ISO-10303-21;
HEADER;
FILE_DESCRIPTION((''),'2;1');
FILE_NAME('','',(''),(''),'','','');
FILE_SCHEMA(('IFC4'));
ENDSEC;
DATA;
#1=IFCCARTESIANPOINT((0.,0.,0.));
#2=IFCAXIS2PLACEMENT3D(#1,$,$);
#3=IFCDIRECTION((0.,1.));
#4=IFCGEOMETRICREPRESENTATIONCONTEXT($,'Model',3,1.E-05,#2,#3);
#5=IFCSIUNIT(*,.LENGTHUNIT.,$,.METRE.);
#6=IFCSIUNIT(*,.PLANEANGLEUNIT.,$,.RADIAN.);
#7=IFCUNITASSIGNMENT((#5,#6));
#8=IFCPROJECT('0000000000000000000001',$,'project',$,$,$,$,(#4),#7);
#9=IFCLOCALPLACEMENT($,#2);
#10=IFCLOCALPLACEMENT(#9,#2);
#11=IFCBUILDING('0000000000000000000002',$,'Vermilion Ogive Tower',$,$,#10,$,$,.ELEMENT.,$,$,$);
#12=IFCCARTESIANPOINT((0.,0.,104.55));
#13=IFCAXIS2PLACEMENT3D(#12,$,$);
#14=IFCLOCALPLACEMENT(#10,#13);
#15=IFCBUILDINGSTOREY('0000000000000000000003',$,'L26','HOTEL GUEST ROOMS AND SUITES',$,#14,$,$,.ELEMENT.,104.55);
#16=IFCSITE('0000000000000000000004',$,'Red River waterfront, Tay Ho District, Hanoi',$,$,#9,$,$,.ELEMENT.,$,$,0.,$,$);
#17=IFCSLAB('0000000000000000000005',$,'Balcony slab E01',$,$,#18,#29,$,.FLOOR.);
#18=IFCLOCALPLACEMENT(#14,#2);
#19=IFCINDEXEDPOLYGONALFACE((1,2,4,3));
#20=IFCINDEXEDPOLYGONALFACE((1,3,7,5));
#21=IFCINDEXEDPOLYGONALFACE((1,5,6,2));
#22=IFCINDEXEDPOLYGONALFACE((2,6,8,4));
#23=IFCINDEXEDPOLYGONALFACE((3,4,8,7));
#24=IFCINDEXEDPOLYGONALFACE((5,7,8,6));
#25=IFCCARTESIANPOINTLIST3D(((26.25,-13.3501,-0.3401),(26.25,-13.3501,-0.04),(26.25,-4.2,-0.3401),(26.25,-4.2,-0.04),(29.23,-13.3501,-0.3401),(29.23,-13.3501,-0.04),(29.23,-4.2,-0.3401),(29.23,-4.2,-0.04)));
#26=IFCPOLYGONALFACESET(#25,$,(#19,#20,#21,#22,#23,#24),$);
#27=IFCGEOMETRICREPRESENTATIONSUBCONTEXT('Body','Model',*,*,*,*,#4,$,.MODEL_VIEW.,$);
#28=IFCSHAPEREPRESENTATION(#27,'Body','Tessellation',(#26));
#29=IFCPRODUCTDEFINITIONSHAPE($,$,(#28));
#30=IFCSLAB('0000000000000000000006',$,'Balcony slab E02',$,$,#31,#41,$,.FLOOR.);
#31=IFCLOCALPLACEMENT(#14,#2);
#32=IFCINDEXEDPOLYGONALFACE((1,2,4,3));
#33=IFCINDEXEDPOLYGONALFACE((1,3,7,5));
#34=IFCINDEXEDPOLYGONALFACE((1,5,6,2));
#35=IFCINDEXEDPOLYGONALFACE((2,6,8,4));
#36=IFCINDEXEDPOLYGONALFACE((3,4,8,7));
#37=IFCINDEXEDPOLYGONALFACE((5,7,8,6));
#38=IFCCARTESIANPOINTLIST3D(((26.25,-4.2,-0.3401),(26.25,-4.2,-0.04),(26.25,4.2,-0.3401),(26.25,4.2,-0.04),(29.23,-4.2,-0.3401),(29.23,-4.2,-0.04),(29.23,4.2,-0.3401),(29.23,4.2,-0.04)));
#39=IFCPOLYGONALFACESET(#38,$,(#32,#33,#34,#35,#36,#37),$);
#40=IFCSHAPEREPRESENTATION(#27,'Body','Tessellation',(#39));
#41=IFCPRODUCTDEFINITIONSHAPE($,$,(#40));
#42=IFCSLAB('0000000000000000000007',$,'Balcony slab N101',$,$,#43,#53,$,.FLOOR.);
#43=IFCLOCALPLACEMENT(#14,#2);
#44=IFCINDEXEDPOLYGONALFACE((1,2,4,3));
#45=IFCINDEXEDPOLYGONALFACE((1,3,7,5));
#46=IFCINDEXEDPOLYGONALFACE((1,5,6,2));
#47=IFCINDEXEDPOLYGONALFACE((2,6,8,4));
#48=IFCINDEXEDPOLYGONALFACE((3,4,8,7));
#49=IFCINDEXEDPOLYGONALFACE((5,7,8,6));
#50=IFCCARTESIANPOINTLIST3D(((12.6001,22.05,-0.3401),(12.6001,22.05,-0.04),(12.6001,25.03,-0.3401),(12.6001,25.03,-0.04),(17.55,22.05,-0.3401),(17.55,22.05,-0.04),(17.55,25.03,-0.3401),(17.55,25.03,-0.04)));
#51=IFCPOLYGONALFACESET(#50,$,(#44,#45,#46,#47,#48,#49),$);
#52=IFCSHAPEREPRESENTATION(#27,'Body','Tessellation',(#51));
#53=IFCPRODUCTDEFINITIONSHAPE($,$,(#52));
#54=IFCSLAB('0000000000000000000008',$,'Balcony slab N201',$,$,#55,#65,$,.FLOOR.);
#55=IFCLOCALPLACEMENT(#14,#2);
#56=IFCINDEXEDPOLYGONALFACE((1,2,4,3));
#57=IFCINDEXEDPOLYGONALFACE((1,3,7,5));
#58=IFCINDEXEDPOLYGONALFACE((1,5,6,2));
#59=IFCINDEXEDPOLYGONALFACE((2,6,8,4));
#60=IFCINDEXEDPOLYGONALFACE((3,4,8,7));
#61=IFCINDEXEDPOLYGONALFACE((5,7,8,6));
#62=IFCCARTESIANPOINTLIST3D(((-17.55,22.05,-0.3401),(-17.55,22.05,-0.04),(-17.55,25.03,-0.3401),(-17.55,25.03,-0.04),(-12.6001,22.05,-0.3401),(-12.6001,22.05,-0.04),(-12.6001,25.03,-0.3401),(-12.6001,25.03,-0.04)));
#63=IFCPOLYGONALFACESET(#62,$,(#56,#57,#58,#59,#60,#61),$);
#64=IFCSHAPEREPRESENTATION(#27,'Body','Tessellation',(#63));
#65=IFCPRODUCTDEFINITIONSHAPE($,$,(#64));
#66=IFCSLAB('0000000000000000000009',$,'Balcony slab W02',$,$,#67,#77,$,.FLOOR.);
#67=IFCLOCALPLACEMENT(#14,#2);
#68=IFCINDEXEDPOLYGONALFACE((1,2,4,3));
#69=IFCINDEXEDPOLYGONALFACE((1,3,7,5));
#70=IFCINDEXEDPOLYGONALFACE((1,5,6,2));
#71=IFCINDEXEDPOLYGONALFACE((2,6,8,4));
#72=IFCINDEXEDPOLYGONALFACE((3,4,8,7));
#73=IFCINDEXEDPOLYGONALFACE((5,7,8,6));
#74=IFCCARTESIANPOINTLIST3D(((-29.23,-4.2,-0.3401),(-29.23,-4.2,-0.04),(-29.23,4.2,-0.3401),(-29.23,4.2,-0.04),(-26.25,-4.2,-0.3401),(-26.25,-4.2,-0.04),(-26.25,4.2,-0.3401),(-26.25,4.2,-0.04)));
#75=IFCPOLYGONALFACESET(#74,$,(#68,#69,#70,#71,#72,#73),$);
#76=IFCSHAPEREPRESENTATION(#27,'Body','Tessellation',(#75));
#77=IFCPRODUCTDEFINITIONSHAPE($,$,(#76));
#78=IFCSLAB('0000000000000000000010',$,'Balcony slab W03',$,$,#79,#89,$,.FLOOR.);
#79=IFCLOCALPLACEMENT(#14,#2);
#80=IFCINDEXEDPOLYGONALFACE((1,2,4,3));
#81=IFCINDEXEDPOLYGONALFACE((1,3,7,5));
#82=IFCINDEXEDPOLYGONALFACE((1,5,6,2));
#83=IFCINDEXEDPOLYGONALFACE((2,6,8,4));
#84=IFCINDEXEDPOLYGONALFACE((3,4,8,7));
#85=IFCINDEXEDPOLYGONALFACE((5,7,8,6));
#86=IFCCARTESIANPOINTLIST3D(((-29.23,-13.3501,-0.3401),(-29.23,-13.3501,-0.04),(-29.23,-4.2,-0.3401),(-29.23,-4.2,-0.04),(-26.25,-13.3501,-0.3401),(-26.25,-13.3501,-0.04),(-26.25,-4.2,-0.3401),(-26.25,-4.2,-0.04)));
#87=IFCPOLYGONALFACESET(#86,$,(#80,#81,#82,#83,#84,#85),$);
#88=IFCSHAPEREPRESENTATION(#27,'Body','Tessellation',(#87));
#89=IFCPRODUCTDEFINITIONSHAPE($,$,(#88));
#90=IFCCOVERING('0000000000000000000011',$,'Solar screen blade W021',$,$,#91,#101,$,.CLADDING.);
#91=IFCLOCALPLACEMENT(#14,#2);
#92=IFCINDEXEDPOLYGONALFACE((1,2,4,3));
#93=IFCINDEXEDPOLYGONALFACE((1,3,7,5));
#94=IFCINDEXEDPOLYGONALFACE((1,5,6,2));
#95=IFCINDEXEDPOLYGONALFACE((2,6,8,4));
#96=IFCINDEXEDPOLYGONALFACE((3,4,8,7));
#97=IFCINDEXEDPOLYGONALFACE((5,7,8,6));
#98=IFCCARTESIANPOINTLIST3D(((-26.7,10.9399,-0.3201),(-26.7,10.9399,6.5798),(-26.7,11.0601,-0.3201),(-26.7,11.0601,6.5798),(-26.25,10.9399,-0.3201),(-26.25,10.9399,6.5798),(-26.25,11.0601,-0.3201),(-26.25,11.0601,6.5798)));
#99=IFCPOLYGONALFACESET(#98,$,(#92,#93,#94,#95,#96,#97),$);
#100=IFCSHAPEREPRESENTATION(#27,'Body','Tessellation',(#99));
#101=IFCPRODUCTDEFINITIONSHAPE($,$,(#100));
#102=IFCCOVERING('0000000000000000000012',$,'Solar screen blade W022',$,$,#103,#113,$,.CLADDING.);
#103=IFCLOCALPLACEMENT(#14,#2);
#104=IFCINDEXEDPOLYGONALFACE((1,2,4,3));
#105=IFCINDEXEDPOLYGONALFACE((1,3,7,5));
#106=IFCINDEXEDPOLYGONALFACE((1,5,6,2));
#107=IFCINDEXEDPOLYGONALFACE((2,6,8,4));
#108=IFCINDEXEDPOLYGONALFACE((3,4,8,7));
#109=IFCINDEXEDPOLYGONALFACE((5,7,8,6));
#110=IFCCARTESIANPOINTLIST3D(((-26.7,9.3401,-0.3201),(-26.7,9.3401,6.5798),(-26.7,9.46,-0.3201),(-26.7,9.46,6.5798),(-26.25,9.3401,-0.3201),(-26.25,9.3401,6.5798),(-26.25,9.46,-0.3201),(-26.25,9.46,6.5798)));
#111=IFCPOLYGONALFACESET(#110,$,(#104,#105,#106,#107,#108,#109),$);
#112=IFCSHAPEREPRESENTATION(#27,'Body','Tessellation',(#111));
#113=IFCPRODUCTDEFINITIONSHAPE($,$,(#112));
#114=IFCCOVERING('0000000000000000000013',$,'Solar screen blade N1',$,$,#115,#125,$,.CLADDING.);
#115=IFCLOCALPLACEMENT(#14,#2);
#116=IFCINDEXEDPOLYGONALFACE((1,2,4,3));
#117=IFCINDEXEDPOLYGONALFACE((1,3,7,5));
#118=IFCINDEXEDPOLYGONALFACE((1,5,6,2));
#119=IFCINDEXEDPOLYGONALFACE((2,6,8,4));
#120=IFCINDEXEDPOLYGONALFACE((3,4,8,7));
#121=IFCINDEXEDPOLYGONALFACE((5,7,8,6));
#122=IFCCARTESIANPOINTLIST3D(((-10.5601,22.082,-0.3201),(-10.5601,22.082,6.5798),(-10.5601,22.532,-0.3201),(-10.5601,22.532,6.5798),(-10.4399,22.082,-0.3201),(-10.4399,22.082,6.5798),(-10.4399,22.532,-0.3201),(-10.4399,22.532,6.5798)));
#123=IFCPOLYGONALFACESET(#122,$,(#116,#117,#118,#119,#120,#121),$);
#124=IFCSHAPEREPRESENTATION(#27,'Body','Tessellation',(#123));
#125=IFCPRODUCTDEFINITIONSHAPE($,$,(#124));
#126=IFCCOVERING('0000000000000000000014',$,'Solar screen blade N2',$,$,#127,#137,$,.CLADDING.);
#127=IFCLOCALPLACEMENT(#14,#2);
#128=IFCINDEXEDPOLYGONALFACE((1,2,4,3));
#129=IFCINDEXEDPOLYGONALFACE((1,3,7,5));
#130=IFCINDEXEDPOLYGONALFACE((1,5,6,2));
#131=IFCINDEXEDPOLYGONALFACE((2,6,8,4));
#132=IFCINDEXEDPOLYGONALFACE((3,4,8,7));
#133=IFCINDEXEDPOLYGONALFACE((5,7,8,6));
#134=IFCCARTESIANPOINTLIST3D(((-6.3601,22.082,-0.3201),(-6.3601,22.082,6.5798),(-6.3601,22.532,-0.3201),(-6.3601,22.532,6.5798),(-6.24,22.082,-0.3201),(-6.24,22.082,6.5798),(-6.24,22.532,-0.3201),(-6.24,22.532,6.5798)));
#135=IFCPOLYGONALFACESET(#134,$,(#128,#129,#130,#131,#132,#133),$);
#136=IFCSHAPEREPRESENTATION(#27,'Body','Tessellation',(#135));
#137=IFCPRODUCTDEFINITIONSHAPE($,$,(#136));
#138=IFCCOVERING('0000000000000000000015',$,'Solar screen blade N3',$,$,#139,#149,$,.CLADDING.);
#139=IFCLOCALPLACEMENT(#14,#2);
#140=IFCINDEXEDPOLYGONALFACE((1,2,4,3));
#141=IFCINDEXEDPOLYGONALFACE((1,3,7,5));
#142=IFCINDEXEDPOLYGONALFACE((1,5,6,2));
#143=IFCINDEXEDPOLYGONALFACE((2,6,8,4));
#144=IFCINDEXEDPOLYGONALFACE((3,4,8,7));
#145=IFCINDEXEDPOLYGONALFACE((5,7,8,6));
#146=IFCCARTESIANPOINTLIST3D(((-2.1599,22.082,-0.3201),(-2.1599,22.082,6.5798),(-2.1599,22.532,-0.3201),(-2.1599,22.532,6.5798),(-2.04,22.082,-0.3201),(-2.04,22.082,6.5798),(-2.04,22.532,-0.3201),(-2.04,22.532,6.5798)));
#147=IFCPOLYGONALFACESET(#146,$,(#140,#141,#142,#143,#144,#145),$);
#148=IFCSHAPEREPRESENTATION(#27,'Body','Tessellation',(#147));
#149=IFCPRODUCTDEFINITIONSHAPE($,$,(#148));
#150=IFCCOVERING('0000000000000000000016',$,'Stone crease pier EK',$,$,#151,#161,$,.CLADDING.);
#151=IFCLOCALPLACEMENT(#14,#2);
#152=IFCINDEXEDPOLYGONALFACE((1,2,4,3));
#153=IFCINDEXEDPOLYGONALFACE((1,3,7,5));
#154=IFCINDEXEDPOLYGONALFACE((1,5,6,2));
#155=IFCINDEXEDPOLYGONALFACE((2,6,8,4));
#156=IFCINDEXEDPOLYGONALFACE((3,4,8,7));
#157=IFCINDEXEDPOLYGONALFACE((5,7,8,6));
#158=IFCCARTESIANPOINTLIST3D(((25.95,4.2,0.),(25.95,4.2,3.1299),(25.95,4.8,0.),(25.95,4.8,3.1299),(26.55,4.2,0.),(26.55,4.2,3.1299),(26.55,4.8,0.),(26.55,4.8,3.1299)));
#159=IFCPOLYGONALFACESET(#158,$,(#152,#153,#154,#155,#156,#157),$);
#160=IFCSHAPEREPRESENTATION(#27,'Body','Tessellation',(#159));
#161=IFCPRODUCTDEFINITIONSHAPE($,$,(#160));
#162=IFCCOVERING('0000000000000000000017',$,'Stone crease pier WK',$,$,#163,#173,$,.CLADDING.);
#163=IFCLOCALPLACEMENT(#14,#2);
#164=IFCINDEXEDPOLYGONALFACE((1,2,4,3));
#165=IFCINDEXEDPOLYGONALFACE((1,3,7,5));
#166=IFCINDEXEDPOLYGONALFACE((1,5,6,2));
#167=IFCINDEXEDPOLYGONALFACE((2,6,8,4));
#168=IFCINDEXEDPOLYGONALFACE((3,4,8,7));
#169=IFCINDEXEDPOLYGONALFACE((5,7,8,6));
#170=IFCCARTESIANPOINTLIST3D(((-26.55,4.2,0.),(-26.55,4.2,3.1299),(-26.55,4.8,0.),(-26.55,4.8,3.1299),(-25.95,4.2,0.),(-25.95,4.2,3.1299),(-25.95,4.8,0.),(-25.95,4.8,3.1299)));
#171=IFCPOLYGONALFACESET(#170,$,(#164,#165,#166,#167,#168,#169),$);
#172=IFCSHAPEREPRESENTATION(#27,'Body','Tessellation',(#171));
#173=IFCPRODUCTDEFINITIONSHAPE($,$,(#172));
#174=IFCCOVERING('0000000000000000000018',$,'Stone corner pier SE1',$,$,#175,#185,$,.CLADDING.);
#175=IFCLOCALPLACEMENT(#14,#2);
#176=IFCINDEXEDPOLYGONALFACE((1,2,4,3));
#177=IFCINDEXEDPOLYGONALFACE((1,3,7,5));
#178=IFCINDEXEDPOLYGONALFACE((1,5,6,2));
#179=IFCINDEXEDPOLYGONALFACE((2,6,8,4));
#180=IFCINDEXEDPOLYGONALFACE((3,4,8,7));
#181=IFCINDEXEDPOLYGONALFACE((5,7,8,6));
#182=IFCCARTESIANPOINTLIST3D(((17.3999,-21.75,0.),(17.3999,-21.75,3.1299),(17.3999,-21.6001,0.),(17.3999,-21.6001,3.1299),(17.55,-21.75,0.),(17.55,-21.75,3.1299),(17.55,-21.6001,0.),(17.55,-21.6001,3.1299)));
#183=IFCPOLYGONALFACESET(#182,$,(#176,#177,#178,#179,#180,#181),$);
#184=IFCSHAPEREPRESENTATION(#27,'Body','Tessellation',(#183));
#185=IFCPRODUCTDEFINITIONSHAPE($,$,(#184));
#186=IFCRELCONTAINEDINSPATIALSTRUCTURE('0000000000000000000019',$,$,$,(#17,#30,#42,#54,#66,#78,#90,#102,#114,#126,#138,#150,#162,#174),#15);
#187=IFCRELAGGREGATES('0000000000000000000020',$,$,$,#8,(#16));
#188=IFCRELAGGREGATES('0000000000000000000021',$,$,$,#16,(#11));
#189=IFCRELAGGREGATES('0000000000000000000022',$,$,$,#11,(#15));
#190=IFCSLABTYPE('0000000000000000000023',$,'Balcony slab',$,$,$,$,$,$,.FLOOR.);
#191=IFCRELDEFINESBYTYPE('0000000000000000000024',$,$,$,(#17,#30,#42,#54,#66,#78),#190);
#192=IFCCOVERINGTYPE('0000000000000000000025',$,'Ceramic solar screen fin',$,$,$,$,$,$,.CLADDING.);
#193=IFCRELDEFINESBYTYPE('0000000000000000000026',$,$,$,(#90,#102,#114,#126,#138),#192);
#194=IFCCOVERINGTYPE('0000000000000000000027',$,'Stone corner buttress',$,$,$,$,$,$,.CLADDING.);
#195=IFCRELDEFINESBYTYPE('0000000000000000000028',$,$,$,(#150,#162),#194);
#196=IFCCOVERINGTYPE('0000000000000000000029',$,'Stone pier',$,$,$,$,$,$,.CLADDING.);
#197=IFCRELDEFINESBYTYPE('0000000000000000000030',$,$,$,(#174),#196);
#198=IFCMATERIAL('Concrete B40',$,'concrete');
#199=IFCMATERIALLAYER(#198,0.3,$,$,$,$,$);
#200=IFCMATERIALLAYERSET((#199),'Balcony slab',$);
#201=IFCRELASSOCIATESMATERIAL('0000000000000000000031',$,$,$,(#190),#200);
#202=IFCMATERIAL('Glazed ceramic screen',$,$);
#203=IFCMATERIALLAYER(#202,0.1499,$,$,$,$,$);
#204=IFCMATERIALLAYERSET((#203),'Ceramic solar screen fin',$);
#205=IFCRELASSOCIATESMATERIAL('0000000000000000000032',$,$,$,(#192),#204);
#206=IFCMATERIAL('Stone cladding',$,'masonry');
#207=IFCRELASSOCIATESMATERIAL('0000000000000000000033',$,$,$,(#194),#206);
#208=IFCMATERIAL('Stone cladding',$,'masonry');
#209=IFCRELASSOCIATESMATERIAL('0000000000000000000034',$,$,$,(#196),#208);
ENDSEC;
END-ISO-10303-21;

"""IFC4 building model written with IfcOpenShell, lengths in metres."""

from ifc_helpers import new_model, si_unit, direction, frame, origin, place, context, subcontext, project, spatial, polyline, outline, extrude, material, layer, layer_set, type_object, element, save


model = new_model("IFC4")

# Units and contexts
model_context = context("Model", 3, precision=1e-05, world=origin(), true_north=direction((0.0, 1.0)))
body_context = subcontext(model_context, "Body", "Model", "MODEL_VIEW")
ifc_project = project(units=[si_unit("LENGTHUNIT", "METRE"), si_unit("PLANEANGLEUNIT", "RADIAN")], contexts=[model_context])

# Site, building, storey
site_placement = place(None, origin())
site = spatial("IfcSite", under=ifc_project, at=site_placement, Name="Red River waterfront, Tay Ho District, Hanoi", CompositionType="ELEMENT", RefElevation=0.0)
building_placement = place(site_placement, origin())
building = spatial("IfcBuilding", under=site, at=building_placement, Name="Vermilion Ogive Tower", CompositionType="ELEMENT")
storey_placement = place(building_placement, frame((0.0, 0.0, 104.55)))
storey = spatial("IfcBuildingStorey", under=building, at=storey_placement, Name="L26", Description="HOTEL GUEST ROOMS AND SUITES", CompositionType="ELEMENT", Elevation=104.55)

# Slabs
ifc_material_1 = material(Name="Concrete B40", Category="concrete")
ifc_layer_1 = layer(ifc_material_1, 0.3)
ifc_layer_set_1 = layer_set([ifc_layer_1], Name="Balcony slab")
slab_type = type_object("IfcSlabType", Name="Balcony slab", PredefinedType="FLOOR", material=ifc_layer_set_1)
slab_1_placement = place(storey_placement, frame((0.0, 0.0, -0.3401)))
element("IfcSlab", 1, at=slab_1_placement, inside=storey, type_object=slab_type, Name="Balcony slab E01", PredefinedType="FLOOR", context=body_context, shape_type="SweptSolid", body=[
    extrude(outline(polyline([(29.23, -13.3501), (29.23, -4.2), (26.25, -4.2), (26.25, -13.3501), (29.23, -13.3501)])), origin(), (0.0, 0.0, 1.0), 0.3),
])
slab_2_placement = place(storey_placement, frame((0.0, 0.0, -0.3401)))
element("IfcSlab", 2, at=slab_2_placement, inside=storey, type_object=slab_type, Name="Balcony slab E02", PredefinedType="FLOOR", context=body_context, shape_type="SweptSolid", body=[
    extrude(outline(polyline([(29.23, -4.2), (29.23, 4.2), (26.25, 4.2), (26.25, -4.2), (29.23, -4.2)])), origin(), (0.0, 0.0, 1.0), 0.3),
])
slab_3_placement = place(storey_placement, frame((0.0, 0.0, -0.3401)))
element("IfcSlab", 3, at=slab_3_placement, inside=storey, type_object=slab_type, Name="Balcony slab N101", PredefinedType="FLOOR", context=body_context, shape_type="SweptSolid", body=[
    extrude(outline(polyline([(17.55, 25.03), (12.6001, 25.03), (12.6001, 22.05), (17.55, 22.05), (17.55, 25.03)])), origin(), (0.0, 0.0, 1.0), 0.3),
])
slab_4_placement = place(storey_placement, frame((0.0, 0.0, -0.3401)))
element("IfcSlab", 4, at=slab_4_placement, inside=storey, type_object=slab_type, Name="Balcony slab N201", PredefinedType="FLOOR", context=body_context, shape_type="SweptSolid", body=[
    extrude(outline(polyline([(-12.6001, 25.03), (-17.55, 25.03), (-17.55, 22.05), (-12.6001, 22.05), (-12.6001, 25.03)])), origin(), (0.0, 0.0, 1.0), 0.3),
])
slab_5_placement = place(storey_placement, frame((0.0, 0.0, -0.3401)))
element("IfcSlab", 5, at=slab_5_placement, inside=storey, type_object=slab_type, Name="Balcony slab W02", PredefinedType="FLOOR", context=body_context, shape_type="SweptSolid", body=[
    extrude(outline(polyline([(-29.23, 4.2), (-29.23, -4.2), (-26.25, -4.2), (-26.25, 4.2), (-29.23, 4.2)])), origin(), (0.0, 0.0, 1.0), 0.3),
])
slab_6_placement = place(storey_placement, frame((0.0, 0.0, -0.3401)))
element("IfcSlab", 6, at=slab_6_placement, inside=storey, type_object=slab_type, Name="Balcony slab W03", PredefinedType="FLOOR", context=body_context, shape_type="SweptSolid", body=[
    extrude(outline(polyline([(-29.23, -4.2), (-29.23, -13.3501), (-26.25, -13.3501), (-26.25, -4.2), (-29.23, -4.2)])), origin(), (0.0, 0.0, 1.0), 0.3),
])

# Coverings
ifc_material_2 = material(Name="Glazed ceramic screen")
ifc_layer_2 = layer(ifc_material_2, 0.1499)
ifc_layer_set_2 = layer_set([ifc_layer_2], Name="Ceramic solar screen fin")
covering_type_1 = type_object("IfcCoveringType", Name="Ceramic solar screen fin", PredefinedType="CLADDING", material=ifc_layer_set_2)
covering_1_placement = place(storey_placement, frame((0.0, 0.0, -0.3201)))
element("IfcCovering", 7, at=covering_1_placement, inside=storey, type_object=covering_type_1, Name="Solar screen blade W021", PredefinedType="CLADDING", context=body_context, shape_type="SweptSolid", body=[
    extrude(outline(polyline([(-26.7, 11.0601), (-26.7, 10.9399), (-26.25, 10.9399), (-26.25, 11.0601), (-26.7, 11.0601)])), origin(), (0.0, 0.0, 1.0), 6.8999),
])
covering_2_placement = place(storey_placement, frame((0.0, 0.0, -0.3201)))
element("IfcCovering", 8, at=covering_2_placement, inside=storey, type_object=covering_type_1, Name="Solar screen blade W022", PredefinedType="CLADDING", context=body_context, shape_type="SweptSolid", body=[
    extrude(outline(polyline([(-26.7, 9.46), (-26.7, 9.3401), (-26.25, 9.3401), (-26.25, 9.46), (-26.7, 9.46)])), origin(), (0.0, 0.0, 1.0), 6.8999),
])
covering_3_placement = place(storey_placement, frame((0.0, 0.0, -0.3201)))
element("IfcCovering", 9, at=covering_3_placement, inside=storey, type_object=covering_type_1, Name="Solar screen blade N1", PredefinedType="CLADDING", context=body_context, shape_type="SweptSolid", body=[
    extrude(outline(polyline([(-10.5601, 22.082), (-10.4399, 22.082), (-10.4399, 22.532), (-10.5601, 22.532), (-10.5601, 22.082)])), origin(), (0.0, 0.0, 1.0), 6.8999),
])
covering_4_placement = place(storey_placement, frame((0.0, 0.0, -0.3201)))
element("IfcCovering", 10, at=covering_4_placement, inside=storey, type_object=covering_type_1, Name="Solar screen blade N2", PredefinedType="CLADDING", context=body_context, shape_type="SweptSolid", body=[
    extrude(outline(polyline([(-6.3601, 22.082), (-6.24, 22.082), (-6.24, 22.532), (-6.3601, 22.532), (-6.3601, 22.082)])), origin(), (0.0, 0.0, 1.0), 6.8999),
])
covering_5_placement = place(storey_placement, frame((0.0, 0.0, -0.3201)))
element("IfcCovering", 11, at=covering_5_placement, inside=storey, type_object=covering_type_1, Name="Solar screen blade N3", PredefinedType="CLADDING", context=body_context, shape_type="SweptSolid", body=[
    extrude(outline(polyline([(-2.1599, 22.082), (-2.04, 22.082), (-2.04, 22.532), (-2.1599, 22.532), (-2.1599, 22.082)])), origin(), (0.0, 0.0, 1.0), 6.8999),
])
ifc_material_3 = material(Name="Stone cladding", Category="masonry")
covering_type_2 = type_object("IfcCoveringType", Name="Stone corner buttress", PredefinedType="CLADDING", material=ifc_material_3)
covering_6_placement = place(storey_placement, origin())
element("IfcCovering", 12, at=covering_6_placement, inside=storey, type_object=covering_type_2, Name="Stone crease pier EK", PredefinedType="CLADDING", context=body_context, shape_type="SweptSolid", body=[
    extrude(outline(polyline([(26.55, 4.2), (26.55, 4.8), (25.95, 4.8), (25.95, 4.2), (26.55, 4.2)])), origin(), (0.0, 0.0, 1.0), 3.1299),
])
covering_7_placement = place(storey_placement, origin())
element("IfcCovering", 13, at=covering_7_placement, inside=storey, type_object=covering_type_2, Name="Stone crease pier WK", PredefinedType="CLADDING", context=body_context, shape_type="SweptSolid", body=[
    extrude(outline(polyline([(-26.55, 4.8), (-26.55, 4.2), (-25.95, 4.2), (-25.95, 4.8), (-26.55, 4.8)])), origin(), (0.0, 0.0, 1.0), 3.1299),
])
ifc_material_4 = material(Name="Stone cladding", Category="masonry")
covering_type_3 = type_object("IfcCoveringType", Name="Stone pier", PredefinedType="CLADDING", material=ifc_material_4)
covering_8_placement = place(storey_placement, origin())
element("IfcCovering", 14, at=covering_8_placement, inside=storey, type_object=covering_type_3, Name="Stone corner pier SE1", PredefinedType="CLADDING", context=body_context, shape_type="SweptSolid", body=[
    extrude(outline(polyline([(17.3999, -21.75), (17.3999, -21.6001), (17.3999, -21.6001), (17.55, -21.6001), (17.55, -21.75), (17.3999, -21.75)])), origin(), (0.0, 0.0, 1.0), 3.1299),
])

save(model, "model.ifc")
